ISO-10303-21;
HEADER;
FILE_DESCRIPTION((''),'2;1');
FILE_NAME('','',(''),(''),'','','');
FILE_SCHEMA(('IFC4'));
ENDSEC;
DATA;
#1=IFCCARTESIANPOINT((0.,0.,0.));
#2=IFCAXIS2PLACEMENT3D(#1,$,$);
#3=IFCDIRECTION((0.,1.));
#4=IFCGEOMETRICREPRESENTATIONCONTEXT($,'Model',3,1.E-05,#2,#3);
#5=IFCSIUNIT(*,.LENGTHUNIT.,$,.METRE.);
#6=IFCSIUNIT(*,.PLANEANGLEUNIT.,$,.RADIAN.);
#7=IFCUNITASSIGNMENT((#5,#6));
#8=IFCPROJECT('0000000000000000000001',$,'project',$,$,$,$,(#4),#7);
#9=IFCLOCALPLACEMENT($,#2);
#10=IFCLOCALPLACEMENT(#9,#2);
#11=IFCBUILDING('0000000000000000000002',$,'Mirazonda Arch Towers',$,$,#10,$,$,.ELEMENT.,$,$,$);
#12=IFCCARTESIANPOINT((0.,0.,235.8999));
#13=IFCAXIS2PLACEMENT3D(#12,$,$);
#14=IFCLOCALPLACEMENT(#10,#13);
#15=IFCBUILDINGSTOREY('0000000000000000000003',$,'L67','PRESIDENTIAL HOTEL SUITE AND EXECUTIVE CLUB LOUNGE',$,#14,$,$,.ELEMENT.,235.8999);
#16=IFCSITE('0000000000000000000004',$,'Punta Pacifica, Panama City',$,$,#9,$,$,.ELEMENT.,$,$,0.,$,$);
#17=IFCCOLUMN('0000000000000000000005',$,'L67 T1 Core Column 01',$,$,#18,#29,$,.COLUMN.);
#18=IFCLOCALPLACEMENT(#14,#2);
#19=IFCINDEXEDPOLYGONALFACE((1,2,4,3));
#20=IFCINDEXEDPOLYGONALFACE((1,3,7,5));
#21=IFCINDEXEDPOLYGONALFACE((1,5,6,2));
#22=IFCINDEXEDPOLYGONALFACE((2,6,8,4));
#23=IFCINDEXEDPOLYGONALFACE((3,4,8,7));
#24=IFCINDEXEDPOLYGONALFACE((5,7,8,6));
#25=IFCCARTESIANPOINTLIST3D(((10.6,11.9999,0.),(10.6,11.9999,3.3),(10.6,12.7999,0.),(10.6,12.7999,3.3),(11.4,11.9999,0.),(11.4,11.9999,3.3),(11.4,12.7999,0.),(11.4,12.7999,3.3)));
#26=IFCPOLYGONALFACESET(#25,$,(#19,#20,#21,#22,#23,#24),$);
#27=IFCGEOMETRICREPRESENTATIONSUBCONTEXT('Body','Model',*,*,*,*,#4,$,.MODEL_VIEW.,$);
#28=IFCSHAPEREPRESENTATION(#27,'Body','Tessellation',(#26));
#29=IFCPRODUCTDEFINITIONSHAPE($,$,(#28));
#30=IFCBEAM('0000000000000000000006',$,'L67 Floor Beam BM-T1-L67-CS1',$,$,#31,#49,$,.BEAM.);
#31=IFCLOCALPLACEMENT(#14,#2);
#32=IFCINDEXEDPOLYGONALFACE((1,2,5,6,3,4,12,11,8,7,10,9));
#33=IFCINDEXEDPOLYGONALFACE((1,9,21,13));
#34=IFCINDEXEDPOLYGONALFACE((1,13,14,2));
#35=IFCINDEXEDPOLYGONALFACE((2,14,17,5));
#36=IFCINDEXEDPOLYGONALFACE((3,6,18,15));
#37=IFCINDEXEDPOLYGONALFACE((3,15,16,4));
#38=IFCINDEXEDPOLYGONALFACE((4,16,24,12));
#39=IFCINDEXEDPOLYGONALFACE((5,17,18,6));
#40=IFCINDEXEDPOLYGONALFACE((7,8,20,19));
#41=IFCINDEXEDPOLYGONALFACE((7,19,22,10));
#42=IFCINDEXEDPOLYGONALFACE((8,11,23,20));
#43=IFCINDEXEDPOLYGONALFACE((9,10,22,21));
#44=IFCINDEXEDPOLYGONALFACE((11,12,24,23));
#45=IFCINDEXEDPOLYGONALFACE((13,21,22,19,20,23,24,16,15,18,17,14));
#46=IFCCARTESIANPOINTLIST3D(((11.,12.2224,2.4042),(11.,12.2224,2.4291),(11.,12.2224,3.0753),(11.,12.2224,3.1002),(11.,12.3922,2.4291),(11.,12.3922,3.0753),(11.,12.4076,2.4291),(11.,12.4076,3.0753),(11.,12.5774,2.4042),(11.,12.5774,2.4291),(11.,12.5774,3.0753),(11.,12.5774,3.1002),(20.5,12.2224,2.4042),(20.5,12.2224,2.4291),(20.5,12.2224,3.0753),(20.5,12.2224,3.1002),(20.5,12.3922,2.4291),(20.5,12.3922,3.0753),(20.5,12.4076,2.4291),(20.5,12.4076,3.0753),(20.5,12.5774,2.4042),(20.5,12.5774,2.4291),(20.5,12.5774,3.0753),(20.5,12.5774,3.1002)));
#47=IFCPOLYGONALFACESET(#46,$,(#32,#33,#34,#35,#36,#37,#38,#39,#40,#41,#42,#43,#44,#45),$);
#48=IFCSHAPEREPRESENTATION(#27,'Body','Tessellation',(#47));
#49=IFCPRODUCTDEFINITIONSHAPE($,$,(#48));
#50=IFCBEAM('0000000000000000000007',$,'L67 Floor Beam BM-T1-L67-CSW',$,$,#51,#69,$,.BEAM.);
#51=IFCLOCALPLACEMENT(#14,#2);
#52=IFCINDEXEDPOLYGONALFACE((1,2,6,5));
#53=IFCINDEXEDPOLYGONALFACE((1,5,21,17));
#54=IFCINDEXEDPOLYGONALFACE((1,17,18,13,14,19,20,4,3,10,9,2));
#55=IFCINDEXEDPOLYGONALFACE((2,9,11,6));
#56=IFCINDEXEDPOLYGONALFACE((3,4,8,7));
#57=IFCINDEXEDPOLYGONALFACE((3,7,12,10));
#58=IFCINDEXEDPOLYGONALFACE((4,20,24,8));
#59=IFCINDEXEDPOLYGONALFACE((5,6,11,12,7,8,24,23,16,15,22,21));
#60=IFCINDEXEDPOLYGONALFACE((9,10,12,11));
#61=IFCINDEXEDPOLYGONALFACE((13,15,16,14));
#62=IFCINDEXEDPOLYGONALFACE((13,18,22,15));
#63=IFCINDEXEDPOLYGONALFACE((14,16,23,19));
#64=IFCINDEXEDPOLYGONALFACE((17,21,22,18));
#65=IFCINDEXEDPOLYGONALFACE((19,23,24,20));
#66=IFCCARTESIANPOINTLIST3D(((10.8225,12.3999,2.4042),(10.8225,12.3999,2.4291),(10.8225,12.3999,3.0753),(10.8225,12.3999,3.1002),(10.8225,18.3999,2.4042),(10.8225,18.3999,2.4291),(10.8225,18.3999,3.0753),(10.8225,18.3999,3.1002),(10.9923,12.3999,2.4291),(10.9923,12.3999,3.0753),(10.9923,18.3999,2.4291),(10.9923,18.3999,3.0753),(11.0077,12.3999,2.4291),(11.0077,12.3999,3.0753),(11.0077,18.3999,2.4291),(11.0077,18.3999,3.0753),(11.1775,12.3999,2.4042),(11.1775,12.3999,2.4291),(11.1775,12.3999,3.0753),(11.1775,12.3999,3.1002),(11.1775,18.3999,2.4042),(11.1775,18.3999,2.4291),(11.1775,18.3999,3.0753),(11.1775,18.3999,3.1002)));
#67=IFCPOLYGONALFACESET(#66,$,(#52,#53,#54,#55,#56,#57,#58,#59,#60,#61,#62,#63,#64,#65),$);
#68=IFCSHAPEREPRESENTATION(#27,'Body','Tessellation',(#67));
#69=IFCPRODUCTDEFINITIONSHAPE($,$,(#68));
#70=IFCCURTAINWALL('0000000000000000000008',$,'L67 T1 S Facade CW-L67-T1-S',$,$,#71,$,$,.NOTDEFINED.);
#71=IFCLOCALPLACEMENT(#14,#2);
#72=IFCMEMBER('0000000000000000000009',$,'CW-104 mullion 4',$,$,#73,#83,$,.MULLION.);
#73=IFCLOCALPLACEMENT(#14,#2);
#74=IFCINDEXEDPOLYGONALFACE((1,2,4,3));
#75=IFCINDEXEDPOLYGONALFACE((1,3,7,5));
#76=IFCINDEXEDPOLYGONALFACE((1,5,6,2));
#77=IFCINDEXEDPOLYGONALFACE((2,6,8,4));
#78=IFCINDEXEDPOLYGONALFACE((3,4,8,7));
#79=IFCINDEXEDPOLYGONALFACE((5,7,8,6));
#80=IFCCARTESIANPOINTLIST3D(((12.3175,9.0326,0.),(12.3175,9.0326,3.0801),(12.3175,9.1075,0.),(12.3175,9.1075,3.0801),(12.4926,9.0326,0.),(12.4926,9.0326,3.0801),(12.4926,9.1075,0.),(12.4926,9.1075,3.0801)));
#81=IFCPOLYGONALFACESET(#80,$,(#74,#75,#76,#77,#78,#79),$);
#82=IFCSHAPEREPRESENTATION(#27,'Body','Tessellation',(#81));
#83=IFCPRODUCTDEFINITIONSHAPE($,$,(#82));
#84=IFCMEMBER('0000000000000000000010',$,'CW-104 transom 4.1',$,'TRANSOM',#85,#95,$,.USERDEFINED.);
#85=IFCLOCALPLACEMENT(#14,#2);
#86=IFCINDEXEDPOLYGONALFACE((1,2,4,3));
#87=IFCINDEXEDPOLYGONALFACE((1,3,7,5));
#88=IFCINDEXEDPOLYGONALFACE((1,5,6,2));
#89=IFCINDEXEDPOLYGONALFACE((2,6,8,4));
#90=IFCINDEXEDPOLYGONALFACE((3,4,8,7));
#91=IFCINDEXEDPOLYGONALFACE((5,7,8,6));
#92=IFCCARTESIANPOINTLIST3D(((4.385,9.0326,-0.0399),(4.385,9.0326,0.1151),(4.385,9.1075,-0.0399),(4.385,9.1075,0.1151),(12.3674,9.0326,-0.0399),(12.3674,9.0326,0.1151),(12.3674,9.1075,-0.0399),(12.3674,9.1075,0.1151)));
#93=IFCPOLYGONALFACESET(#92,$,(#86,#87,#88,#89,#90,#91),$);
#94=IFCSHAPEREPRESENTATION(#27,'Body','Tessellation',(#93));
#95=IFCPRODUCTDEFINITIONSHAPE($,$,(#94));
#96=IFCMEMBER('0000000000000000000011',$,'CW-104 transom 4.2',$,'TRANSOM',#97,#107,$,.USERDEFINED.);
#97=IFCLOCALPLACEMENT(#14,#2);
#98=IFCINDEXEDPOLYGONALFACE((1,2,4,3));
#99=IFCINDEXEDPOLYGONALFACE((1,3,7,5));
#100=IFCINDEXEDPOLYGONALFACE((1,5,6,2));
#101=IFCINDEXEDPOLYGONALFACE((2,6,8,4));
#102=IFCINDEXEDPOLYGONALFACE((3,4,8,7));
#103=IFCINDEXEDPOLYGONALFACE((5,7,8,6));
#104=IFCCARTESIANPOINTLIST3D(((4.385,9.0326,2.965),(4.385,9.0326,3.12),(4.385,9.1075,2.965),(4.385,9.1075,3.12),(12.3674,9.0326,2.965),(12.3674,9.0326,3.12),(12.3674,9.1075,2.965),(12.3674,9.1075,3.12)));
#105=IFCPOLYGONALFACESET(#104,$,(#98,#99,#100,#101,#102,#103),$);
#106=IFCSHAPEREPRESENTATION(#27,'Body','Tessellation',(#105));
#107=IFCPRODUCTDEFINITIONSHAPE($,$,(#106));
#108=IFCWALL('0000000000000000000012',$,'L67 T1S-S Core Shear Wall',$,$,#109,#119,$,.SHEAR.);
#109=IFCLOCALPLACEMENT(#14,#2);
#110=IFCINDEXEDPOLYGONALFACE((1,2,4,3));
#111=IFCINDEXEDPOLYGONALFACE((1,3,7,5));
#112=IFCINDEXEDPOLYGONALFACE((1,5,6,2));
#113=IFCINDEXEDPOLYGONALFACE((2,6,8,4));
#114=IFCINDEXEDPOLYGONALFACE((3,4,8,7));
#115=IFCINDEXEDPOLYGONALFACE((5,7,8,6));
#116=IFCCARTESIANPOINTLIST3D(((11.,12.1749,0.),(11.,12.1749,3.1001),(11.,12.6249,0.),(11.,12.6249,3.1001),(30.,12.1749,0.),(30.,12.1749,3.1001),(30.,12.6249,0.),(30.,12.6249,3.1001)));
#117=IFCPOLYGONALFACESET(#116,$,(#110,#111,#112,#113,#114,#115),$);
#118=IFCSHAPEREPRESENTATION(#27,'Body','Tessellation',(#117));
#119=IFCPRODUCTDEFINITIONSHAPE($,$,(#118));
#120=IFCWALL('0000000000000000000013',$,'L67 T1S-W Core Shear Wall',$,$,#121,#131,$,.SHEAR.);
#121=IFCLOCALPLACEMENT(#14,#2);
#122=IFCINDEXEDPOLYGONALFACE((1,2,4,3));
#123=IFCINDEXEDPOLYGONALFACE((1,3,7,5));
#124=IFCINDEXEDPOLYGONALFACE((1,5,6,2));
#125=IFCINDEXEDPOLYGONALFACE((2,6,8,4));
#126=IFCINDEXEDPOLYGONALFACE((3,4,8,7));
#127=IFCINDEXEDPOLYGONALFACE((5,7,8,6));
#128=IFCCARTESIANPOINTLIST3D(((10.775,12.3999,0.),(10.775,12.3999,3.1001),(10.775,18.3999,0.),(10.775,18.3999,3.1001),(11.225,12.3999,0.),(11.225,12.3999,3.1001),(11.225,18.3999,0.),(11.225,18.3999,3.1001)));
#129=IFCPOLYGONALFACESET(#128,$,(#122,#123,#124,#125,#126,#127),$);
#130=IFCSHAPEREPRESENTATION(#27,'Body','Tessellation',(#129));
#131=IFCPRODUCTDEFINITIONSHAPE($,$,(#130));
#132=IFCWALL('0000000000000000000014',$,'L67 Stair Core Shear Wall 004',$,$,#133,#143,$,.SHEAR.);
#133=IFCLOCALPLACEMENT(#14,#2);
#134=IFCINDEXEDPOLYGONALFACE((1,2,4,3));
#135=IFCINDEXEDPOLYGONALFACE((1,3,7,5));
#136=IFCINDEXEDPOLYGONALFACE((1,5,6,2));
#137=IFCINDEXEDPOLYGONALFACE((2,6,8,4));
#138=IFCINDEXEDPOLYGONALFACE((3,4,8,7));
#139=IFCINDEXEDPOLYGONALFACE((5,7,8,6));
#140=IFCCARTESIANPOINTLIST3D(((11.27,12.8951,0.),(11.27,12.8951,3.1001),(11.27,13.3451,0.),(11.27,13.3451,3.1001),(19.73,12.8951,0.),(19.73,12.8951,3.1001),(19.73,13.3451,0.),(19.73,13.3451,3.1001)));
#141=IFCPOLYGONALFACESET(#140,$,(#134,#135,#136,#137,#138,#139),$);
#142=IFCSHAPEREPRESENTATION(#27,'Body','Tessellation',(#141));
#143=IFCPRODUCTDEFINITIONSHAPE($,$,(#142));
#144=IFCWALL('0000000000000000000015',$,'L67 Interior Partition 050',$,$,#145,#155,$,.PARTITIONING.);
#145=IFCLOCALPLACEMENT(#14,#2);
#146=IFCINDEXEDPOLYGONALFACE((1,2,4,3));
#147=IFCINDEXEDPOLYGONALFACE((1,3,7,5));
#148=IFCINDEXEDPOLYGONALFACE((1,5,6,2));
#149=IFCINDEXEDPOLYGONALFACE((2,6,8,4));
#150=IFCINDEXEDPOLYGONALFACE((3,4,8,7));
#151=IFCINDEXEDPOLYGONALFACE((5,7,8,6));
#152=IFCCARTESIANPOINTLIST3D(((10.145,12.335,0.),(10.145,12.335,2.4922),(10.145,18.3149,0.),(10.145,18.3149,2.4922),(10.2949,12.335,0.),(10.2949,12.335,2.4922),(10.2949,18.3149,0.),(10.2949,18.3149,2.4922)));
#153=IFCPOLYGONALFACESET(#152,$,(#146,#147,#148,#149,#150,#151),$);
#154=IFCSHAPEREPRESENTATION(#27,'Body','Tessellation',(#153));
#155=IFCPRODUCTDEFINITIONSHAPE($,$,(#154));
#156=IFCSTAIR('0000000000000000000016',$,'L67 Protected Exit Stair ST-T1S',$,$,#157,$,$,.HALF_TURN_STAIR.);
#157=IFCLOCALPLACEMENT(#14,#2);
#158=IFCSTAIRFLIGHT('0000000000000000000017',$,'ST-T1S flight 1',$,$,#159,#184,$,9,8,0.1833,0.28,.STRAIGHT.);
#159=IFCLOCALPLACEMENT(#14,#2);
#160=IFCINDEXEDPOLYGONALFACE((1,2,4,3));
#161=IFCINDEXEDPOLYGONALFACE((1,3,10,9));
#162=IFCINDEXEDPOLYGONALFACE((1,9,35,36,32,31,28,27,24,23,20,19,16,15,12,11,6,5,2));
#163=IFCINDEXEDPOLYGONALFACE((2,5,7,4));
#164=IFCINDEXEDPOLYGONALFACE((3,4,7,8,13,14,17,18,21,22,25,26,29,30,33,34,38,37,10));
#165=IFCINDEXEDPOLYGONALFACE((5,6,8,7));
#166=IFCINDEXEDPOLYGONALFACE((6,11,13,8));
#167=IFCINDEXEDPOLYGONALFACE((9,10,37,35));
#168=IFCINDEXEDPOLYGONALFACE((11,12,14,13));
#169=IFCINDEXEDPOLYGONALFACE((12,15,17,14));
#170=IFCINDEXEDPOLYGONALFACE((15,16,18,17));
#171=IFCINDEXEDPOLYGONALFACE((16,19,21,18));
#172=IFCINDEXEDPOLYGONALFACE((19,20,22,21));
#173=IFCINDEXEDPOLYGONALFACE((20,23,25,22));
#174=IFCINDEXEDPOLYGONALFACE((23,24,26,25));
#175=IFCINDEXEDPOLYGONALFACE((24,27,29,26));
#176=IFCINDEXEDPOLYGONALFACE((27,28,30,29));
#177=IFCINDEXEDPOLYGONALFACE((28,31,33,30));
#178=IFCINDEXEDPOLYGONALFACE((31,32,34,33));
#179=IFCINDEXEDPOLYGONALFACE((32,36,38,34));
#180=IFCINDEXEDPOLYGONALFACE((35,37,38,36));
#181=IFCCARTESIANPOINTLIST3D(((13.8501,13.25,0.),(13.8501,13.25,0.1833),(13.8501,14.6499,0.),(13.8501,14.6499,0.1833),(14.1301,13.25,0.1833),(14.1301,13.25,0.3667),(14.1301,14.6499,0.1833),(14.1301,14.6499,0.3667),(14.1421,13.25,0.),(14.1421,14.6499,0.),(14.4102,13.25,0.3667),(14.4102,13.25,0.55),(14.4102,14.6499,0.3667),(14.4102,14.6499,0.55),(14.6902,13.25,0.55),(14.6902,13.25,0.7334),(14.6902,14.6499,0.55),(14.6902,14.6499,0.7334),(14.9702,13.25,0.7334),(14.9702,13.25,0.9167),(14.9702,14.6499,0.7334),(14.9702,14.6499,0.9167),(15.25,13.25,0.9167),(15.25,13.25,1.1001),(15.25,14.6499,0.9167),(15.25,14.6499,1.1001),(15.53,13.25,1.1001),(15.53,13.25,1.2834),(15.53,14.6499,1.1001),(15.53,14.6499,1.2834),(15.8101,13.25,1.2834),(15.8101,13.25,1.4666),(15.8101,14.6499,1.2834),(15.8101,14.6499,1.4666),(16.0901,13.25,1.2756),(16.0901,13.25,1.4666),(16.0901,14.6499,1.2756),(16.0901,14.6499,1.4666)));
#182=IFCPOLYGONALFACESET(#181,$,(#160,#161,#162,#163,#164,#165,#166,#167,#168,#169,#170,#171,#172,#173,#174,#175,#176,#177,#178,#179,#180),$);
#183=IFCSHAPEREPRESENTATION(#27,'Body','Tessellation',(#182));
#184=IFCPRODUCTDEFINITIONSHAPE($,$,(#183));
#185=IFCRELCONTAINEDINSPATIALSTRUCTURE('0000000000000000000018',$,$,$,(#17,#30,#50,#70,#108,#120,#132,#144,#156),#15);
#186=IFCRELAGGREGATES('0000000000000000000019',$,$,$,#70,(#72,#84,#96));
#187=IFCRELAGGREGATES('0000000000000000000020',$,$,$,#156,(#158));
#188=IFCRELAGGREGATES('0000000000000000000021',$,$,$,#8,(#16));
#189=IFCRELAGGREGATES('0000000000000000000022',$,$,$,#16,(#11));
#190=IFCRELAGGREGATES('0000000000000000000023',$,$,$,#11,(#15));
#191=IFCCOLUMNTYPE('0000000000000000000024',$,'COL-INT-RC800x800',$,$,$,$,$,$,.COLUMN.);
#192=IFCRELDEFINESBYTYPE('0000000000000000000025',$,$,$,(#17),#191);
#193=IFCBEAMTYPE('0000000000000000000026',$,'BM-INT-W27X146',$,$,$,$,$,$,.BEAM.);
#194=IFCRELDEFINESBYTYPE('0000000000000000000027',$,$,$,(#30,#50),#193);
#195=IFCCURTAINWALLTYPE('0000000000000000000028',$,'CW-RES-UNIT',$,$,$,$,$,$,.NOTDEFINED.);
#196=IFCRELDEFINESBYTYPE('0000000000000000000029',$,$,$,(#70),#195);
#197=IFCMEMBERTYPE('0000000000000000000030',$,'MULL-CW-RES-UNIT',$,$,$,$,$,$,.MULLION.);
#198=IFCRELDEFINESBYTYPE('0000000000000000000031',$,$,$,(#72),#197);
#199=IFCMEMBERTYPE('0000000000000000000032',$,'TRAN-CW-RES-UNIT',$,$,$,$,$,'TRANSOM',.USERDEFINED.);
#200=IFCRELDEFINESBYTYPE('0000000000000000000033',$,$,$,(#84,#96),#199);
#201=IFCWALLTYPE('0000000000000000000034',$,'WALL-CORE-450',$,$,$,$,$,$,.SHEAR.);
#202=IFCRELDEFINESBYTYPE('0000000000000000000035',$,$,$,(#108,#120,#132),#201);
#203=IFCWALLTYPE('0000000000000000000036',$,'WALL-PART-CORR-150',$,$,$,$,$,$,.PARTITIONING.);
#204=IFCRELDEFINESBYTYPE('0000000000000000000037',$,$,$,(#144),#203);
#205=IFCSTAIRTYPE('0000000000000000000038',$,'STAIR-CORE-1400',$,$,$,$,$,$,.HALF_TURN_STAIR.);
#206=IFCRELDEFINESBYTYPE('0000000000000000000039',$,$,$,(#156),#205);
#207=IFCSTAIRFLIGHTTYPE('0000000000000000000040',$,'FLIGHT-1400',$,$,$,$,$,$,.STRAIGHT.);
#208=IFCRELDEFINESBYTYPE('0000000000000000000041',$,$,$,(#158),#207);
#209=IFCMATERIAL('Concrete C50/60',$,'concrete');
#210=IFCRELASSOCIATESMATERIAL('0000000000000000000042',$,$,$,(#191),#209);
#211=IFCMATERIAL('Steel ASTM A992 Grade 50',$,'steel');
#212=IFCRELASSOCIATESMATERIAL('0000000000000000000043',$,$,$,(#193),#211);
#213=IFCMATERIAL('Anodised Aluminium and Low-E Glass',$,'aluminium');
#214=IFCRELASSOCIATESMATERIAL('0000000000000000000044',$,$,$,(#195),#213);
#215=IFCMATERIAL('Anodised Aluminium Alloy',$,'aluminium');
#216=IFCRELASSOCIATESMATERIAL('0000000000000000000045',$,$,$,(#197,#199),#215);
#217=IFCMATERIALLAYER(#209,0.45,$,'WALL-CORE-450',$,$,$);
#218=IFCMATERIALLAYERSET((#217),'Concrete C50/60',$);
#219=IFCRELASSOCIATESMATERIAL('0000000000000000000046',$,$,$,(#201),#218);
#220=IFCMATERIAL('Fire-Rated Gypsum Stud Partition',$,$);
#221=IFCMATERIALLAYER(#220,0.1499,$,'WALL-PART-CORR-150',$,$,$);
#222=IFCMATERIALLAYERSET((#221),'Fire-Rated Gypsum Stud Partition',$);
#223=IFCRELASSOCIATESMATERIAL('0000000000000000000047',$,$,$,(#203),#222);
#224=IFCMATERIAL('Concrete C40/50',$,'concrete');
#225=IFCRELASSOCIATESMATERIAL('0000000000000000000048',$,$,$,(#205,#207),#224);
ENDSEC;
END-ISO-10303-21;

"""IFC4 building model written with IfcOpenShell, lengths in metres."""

from ifc_helpers import new_model, si_unit, direction, frame, frame_2d, origin, origin_2d, place, context, subcontext, project, spatial, polyline, rectangle, i_section, outline, extrude, material, layer, layer_set, material_profile, profile_set, type_object, element, aggregate, save


model = new_model("IFC4")

# Units and contexts
model_context = context("Model", 3, precision=1e-05, world=origin(), true_north=direction((0.0, 1.0)))
body_context = subcontext(model_context, "Body", "Model", "MODEL_VIEW")
ifc_project = project(units=[si_unit("LENGTHUNIT", "METRE"), si_unit("PLANEANGLEUNIT", "RADIAN")], contexts=[model_context])

# Site, building, storey
site_placement = place(None, origin())
site = spatial("IfcSite", under=ifc_project, at=site_placement, Name="Punta Pacifica, Panama City", CompositionType="ELEMENT", RefElevation=0.0)
building_placement = place(site_placement, origin())
building = spatial("IfcBuilding", under=site, at=building_placement, Name="Mirazonda Arch Towers", CompositionType="ELEMENT")
storey_placement = place(building_placement, frame((0.0, 0.0, 235.8999)))
storey = spatial("IfcBuildingStorey", under=building, at=storey_placement, Name="L67", Description="PRESIDENTIAL HOTEL SUITE AND EXECUTIVE CLUB LOUNGE", CompositionType="ELEMENT", Elevation=235.8999)

# Column
ifc_material_1 = material(Name="Concrete C50/60", Category="concrete")
ifc_material_profile_1 = material_profile(ifc_material_1, rectangle(XDim=0.8, YDim=0.8, at=origin_2d()), Name="RC800x800")
ifc_profile_set_1 = profile_set([ifc_material_profile_1], Name="Concrete C50/60")
column_type = type_object("IfcColumnType", Name="COL-INT-RC800x800", PredefinedType="COLUMN", material=ifc_profile_set_1)
column_placement = place(storey_placement, frame((11.0, 12.3999, 0.0), z_axis=(0.0, 0.0, 1.0), x_axis=(1.0, 0.0, 0.0)))
element("IfcColumn", 1, at=column_placement, inside=storey, type_object=column_type, Name="L67 T1 Core Column 01", PredefinedType="COLUMN", context=body_context, shape_type="SweptSolid", body=[
    extrude(rectangle(XDim=0.8, YDim=0.8, at=origin_2d()), origin(), (0.0, 0.0, 1.0), 3.3),
])

# Beams
ifc_material_2 = material(Name="Steel ASTM A992 Grade 50", Category="steel")
ifc_material_profile_2 = material_profile(ifc_material_2, i_section(OverallWidth=0.355, OverallDepth=0.696, WebThickness=0.0154, FlangeThickness=0.0249, at=origin_2d()), Name="W27X146")
ifc_profile_set_2 = profile_set([ifc_material_profile_2], Name="Steel ASTM A992 Grade 50")
beam_type = type_object("IfcBeamType", Name="BM-INT-W27X146", PredefinedType="BEAM", material=ifc_profile_set_2)
beam_1_placement = place(storey_placement, frame((11.0, 12.3999, 2.7522), z_axis=(1.0, 0.0, 0.0), x_axis=(0.0, 1.0, 0.0)))
element("IfcBeam", 2, at=beam_1_placement, inside=storey, type_object=beam_type, Name="L67 Floor Beam BM-T1-L67-CS1", PredefinedType="BEAM", context=body_context, shape_type="SweptSolid", body=[
    extrude(i_section(OverallWidth=0.355, OverallDepth=0.696, WebThickness=0.0154, FlangeThickness=0.0249, at=origin_2d()), origin(), (0.0, 0.0, 1.0), 9.5),
])
beam_2_placement = place(storey_placement, frame((11.0, 12.3999, 2.7522), z_axis=(0.0, 1.0, 0.0), x_axis=(-1.0, 0.0, 0.0)))
element("IfcBeam", 3, at=beam_2_placement, inside=storey, type_object=beam_type, Name="L67 Floor Beam BM-T1-L67-CSW", PredefinedType="BEAM", context=body_context, shape_type="SweptSolid", body=[
    extrude(i_section(OverallWidth=0.355, OverallDepth=0.696, WebThickness=0.0154, FlangeThickness=0.0249, at=origin_2d()), origin(), (0.0, 0.0, 1.0), 6.0),
])

# Curtain wall, members
ifc_material_3 = material(Name="Anodised Aluminium and Low-E Glass", Category="aluminium")
curtain_wall_type = type_object("IfcCurtainWallType", Name="CW-RES-UNIT", PredefinedType="NOTDEFINED", material=ifc_material_3)
curtain_wall_placement = place(storey_placement, origin())
curtain_wall = element("IfcCurtainWall", 4, at=curtain_wall_placement, inside=storey, type_object=curtain_wall_type, Name="L67 T1 S Facade CW-L67-T1-S", PredefinedType="NOTDEFINED")
ifc_material_4 = material(Name="Anodised Aluminium Alloy", Category="aluminium")
ifc_material_profile_3 = material_profile(ifc_material_4, rectangle(XDim=0.075, YDim=0.175, at=origin_2d()), Name="ALU-MULL-75x175")
ifc_profile_set_3 = profile_set([ifc_material_profile_3], Name="Anodised Aluminium Alloy")
member_type_1 = type_object("IfcMemberType", Name="MULL-CW-RES-UNIT", PredefinedType="MULLION", material=ifc_profile_set_3)
member_1_placement = place(storey_placement, frame((12.405, 9.0701, 0.0), z_axis=(0.0, 0.0, 1.0), x_axis=(0.0, -1.0, 0.0)))
member_1 = element("IfcMember", 5, at=member_1_placement, type_object=member_type_1, Name="CW-104 mullion 4", PredefinedType="MULLION", context=body_context, shape_type="SweptSolid", body=[
    extrude(rectangle(XDim=0.075, YDim=0.175, at=origin_2d()), origin(), (0.0, 0.0, 1.0), 3.0801),
])
ifc_material_profile_4 = material_profile(ifc_material_4, rectangle(XDim=0.075, YDim=0.155, at=origin_2d()), Name="ALU-TRAN-75x155")
ifc_profile_set_4 = profile_set([ifc_material_profile_4], Name="Anodised Aluminium Alloy")
member_type_2 = type_object("IfcMemberType", Name="TRAN-CW-RES-UNIT", ElementType="TRANSOM", PredefinedType="USERDEFINED", material=ifc_profile_set_4)
member_2_placement = place(storey_placement, frame((12.3674, 9.0701, 0.0376), z_axis=(-1.0, 0.0, 0.0), x_axis=(0.0, -1.0, 0.0)))
member_2 = element("IfcMember", 6, at=member_2_placement, type_object=member_type_2, Name="CW-104 transom 4.1", ObjectType="TRANSOM", PredefinedType="USERDEFINED", context=body_context, shape_type="SweptSolid", body=[
    extrude(rectangle(XDim=0.075, YDim=0.155, at=origin_2d()), origin(), (0.0, 0.0, 1.0), 7.9824),
])
member_3_placement = place(storey_placement, frame((12.3674, 9.0701, 3.0425), z_axis=(-1.0, 0.0, 0.0), x_axis=(0.0, -1.0, 0.0)))
member_3 = element("IfcMember", 7, at=member_3_placement, type_object=member_type_2, Name="CW-104 transom 4.2", ObjectType="TRANSOM", PredefinedType="USERDEFINED", context=body_context, shape_type="SweptSolid", body=[
    extrude(rectangle(XDim=0.075, YDim=0.155, at=origin_2d()), origin(), (0.0, 0.0, 1.0), 7.9824),
])
aggregate(curtain_wall, [member_1, member_2, member_3])

# Walls
ifc_layer_1 = layer(ifc_material_1, 0.45, Name="WALL-CORE-450")
ifc_layer_set_1 = layer_set([ifc_layer_1], Name="Concrete C50/60")
wall_type_1 = type_object("IfcWallType", Name="WALL-CORE-450", PredefinedType="SHEAR", material=ifc_layer_set_1)
wall_1_placement = place(storey_placement, frame((11.0, 12.3999, 0.0), z_axis=(0.0, 0.0, 1.0), x_axis=(1.0, 0.0, 0.0)))
element("IfcWall", 8, at=wall_1_placement, inside=storey, type_object=wall_type_1, Name="L67 T1S-S Core Shear Wall", PredefinedType="SHEAR", context=body_context, shape_type="SweptSolid", body=[
    extrude(rectangle(XDim=19.0, YDim=0.45, at=frame_2d((9.5, 0.0))), origin(), (0.0, 0.0, 1.0), 3.1001),
])
wall_2_placement = place(storey_placement, frame((11.0, 12.3999, 0.0), z_axis=(0.0, 0.0, 1.0), x_axis=(0.0, 1.0, 0.0)))
element("IfcWall", 9, at=wall_2_placement, inside=storey, type_object=wall_type_1, Name="L67 T1S-W Core Shear Wall", PredefinedType="SHEAR", context=body_context, shape_type="SweptSolid", body=[
    extrude(rectangle(XDim=6.0, YDim=0.45, at=frame_2d((3.0, 0.0))), origin(), (0.0, 0.0, 1.0), 3.1001),
])
wall_3_placement = place(storey_placement, frame((11.27, 13.1201, 0.0), z_axis=(0.0, 0.0, 1.0), x_axis=(1.0, 0.0, 0.0)))
element("IfcWall", 10, at=wall_3_placement, inside=storey, type_object=wall_type_1, Name="L67 Stair Core Shear Wall 004", PredefinedType="SHEAR", context=body_context, shape_type="SweptSolid", body=[
    extrude(rectangle(XDim=8.46, YDim=0.45, at=frame_2d((4.23, 0.0))), origin(), (0.0, 0.0, 1.0), 3.1001),
])
ifc_material_5 = material(Name="Fire-Rated Gypsum Stud Partition")
ifc_layer_2 = layer(ifc_material_5, 0.1499, Name="WALL-PART-CORR-150")
ifc_layer_set_2 = layer_set([ifc_layer_2], Name="Fire-Rated Gypsum Stud Partition")
wall_type_2 = type_object("IfcWallType", Name="WALL-PART-CORR-150", PredefinedType="PARTITIONING", material=ifc_layer_set_2)
wall_4_placement = place(storey_placement, frame((10.22, 12.335, 0.0), z_axis=(0.0, 0.0, 1.0), x_axis=(0.0, 1.0, 0.0)))
element("IfcWall", 11, at=wall_4_placement, inside=storey, type_object=wall_type_2, Name="L67 Interior Partition 050", PredefinedType="PARTITIONING", context=body_context, shape_type="SweptSolid", body=[
    extrude(rectangle(XDim=5.98, YDim=0.1499, at=frame_2d((2.99, 0.0))), origin(), (0.0, 0.0, 1.0), 2.4922),
])

# Stair, stair flight
ifc_material_6 = material(Name="Concrete C40/50", Category="concrete")
stair_type = type_object("IfcStairType", Name="STAIR-CORE-1400", PredefinedType="HALF_TURN_STAIR", material=ifc_material_6)
stair_placement = place(storey_placement, origin())
stair = element("IfcStair", 12, at=stair_placement, inside=storey, type_object=stair_type, Name="L67 Protected Exit Stair ST-T1S", PredefinedType="HALF_TURN_STAIR")
stair_flight_type = type_object("IfcStairFlightType", Name="FLIGHT-1400", PredefinedType="STRAIGHT", material=ifc_material_6)
stair_flight_1_placement = place(storey_placement, frame((13.8501, 13.95, 0.0), z_axis=(0.0, 0.0, 1.0), x_axis=(1.0, 0.0, 0.0)))
stair_flight_1 = element("IfcStairFlight", 13, at=stair_flight_1_placement, type_object=stair_flight_type, Name="ST-T1S flight 1", NumberOfRisers=9, NumberOfTreads=8, PredefinedType="STRAIGHT", RiserHeight=0.1833, TreadLength=0.28, context=body_context, shape_type="SweptSolid", body=[
    extrude(outline(polyline([(0.0, 0.0), (0.0, 0.1833), (0.28, 0.1833), (0.28, 0.3667), (0.5601, 0.3667), (0.5601, 0.55), (0.8401, 0.55), (0.8401, 0.7334), (1.1201, 0.7334), (1.1201, 0.9167), (1.3999, 0.9167), (1.3999, 1.1001), (1.6799, 1.1001), (1.6799, 1.2834), (1.96, 1.2834), (1.96, 1.4666), (2.24, 1.4666), (2.24, 1.6499), (2.24, 1.2756), (0.292, 0.0), (0.0, 0.0)])), frame((0.0, 0.7, 0.0), z_axis=(0.0, -1.0, 0.0), x_axis=(1.0, 0.0, 0.0)), (0.0, 0.0, 1.0), 1.3999),
])
aggregate(stair, [stair_flight_1])

save(model, "model.ifc")
